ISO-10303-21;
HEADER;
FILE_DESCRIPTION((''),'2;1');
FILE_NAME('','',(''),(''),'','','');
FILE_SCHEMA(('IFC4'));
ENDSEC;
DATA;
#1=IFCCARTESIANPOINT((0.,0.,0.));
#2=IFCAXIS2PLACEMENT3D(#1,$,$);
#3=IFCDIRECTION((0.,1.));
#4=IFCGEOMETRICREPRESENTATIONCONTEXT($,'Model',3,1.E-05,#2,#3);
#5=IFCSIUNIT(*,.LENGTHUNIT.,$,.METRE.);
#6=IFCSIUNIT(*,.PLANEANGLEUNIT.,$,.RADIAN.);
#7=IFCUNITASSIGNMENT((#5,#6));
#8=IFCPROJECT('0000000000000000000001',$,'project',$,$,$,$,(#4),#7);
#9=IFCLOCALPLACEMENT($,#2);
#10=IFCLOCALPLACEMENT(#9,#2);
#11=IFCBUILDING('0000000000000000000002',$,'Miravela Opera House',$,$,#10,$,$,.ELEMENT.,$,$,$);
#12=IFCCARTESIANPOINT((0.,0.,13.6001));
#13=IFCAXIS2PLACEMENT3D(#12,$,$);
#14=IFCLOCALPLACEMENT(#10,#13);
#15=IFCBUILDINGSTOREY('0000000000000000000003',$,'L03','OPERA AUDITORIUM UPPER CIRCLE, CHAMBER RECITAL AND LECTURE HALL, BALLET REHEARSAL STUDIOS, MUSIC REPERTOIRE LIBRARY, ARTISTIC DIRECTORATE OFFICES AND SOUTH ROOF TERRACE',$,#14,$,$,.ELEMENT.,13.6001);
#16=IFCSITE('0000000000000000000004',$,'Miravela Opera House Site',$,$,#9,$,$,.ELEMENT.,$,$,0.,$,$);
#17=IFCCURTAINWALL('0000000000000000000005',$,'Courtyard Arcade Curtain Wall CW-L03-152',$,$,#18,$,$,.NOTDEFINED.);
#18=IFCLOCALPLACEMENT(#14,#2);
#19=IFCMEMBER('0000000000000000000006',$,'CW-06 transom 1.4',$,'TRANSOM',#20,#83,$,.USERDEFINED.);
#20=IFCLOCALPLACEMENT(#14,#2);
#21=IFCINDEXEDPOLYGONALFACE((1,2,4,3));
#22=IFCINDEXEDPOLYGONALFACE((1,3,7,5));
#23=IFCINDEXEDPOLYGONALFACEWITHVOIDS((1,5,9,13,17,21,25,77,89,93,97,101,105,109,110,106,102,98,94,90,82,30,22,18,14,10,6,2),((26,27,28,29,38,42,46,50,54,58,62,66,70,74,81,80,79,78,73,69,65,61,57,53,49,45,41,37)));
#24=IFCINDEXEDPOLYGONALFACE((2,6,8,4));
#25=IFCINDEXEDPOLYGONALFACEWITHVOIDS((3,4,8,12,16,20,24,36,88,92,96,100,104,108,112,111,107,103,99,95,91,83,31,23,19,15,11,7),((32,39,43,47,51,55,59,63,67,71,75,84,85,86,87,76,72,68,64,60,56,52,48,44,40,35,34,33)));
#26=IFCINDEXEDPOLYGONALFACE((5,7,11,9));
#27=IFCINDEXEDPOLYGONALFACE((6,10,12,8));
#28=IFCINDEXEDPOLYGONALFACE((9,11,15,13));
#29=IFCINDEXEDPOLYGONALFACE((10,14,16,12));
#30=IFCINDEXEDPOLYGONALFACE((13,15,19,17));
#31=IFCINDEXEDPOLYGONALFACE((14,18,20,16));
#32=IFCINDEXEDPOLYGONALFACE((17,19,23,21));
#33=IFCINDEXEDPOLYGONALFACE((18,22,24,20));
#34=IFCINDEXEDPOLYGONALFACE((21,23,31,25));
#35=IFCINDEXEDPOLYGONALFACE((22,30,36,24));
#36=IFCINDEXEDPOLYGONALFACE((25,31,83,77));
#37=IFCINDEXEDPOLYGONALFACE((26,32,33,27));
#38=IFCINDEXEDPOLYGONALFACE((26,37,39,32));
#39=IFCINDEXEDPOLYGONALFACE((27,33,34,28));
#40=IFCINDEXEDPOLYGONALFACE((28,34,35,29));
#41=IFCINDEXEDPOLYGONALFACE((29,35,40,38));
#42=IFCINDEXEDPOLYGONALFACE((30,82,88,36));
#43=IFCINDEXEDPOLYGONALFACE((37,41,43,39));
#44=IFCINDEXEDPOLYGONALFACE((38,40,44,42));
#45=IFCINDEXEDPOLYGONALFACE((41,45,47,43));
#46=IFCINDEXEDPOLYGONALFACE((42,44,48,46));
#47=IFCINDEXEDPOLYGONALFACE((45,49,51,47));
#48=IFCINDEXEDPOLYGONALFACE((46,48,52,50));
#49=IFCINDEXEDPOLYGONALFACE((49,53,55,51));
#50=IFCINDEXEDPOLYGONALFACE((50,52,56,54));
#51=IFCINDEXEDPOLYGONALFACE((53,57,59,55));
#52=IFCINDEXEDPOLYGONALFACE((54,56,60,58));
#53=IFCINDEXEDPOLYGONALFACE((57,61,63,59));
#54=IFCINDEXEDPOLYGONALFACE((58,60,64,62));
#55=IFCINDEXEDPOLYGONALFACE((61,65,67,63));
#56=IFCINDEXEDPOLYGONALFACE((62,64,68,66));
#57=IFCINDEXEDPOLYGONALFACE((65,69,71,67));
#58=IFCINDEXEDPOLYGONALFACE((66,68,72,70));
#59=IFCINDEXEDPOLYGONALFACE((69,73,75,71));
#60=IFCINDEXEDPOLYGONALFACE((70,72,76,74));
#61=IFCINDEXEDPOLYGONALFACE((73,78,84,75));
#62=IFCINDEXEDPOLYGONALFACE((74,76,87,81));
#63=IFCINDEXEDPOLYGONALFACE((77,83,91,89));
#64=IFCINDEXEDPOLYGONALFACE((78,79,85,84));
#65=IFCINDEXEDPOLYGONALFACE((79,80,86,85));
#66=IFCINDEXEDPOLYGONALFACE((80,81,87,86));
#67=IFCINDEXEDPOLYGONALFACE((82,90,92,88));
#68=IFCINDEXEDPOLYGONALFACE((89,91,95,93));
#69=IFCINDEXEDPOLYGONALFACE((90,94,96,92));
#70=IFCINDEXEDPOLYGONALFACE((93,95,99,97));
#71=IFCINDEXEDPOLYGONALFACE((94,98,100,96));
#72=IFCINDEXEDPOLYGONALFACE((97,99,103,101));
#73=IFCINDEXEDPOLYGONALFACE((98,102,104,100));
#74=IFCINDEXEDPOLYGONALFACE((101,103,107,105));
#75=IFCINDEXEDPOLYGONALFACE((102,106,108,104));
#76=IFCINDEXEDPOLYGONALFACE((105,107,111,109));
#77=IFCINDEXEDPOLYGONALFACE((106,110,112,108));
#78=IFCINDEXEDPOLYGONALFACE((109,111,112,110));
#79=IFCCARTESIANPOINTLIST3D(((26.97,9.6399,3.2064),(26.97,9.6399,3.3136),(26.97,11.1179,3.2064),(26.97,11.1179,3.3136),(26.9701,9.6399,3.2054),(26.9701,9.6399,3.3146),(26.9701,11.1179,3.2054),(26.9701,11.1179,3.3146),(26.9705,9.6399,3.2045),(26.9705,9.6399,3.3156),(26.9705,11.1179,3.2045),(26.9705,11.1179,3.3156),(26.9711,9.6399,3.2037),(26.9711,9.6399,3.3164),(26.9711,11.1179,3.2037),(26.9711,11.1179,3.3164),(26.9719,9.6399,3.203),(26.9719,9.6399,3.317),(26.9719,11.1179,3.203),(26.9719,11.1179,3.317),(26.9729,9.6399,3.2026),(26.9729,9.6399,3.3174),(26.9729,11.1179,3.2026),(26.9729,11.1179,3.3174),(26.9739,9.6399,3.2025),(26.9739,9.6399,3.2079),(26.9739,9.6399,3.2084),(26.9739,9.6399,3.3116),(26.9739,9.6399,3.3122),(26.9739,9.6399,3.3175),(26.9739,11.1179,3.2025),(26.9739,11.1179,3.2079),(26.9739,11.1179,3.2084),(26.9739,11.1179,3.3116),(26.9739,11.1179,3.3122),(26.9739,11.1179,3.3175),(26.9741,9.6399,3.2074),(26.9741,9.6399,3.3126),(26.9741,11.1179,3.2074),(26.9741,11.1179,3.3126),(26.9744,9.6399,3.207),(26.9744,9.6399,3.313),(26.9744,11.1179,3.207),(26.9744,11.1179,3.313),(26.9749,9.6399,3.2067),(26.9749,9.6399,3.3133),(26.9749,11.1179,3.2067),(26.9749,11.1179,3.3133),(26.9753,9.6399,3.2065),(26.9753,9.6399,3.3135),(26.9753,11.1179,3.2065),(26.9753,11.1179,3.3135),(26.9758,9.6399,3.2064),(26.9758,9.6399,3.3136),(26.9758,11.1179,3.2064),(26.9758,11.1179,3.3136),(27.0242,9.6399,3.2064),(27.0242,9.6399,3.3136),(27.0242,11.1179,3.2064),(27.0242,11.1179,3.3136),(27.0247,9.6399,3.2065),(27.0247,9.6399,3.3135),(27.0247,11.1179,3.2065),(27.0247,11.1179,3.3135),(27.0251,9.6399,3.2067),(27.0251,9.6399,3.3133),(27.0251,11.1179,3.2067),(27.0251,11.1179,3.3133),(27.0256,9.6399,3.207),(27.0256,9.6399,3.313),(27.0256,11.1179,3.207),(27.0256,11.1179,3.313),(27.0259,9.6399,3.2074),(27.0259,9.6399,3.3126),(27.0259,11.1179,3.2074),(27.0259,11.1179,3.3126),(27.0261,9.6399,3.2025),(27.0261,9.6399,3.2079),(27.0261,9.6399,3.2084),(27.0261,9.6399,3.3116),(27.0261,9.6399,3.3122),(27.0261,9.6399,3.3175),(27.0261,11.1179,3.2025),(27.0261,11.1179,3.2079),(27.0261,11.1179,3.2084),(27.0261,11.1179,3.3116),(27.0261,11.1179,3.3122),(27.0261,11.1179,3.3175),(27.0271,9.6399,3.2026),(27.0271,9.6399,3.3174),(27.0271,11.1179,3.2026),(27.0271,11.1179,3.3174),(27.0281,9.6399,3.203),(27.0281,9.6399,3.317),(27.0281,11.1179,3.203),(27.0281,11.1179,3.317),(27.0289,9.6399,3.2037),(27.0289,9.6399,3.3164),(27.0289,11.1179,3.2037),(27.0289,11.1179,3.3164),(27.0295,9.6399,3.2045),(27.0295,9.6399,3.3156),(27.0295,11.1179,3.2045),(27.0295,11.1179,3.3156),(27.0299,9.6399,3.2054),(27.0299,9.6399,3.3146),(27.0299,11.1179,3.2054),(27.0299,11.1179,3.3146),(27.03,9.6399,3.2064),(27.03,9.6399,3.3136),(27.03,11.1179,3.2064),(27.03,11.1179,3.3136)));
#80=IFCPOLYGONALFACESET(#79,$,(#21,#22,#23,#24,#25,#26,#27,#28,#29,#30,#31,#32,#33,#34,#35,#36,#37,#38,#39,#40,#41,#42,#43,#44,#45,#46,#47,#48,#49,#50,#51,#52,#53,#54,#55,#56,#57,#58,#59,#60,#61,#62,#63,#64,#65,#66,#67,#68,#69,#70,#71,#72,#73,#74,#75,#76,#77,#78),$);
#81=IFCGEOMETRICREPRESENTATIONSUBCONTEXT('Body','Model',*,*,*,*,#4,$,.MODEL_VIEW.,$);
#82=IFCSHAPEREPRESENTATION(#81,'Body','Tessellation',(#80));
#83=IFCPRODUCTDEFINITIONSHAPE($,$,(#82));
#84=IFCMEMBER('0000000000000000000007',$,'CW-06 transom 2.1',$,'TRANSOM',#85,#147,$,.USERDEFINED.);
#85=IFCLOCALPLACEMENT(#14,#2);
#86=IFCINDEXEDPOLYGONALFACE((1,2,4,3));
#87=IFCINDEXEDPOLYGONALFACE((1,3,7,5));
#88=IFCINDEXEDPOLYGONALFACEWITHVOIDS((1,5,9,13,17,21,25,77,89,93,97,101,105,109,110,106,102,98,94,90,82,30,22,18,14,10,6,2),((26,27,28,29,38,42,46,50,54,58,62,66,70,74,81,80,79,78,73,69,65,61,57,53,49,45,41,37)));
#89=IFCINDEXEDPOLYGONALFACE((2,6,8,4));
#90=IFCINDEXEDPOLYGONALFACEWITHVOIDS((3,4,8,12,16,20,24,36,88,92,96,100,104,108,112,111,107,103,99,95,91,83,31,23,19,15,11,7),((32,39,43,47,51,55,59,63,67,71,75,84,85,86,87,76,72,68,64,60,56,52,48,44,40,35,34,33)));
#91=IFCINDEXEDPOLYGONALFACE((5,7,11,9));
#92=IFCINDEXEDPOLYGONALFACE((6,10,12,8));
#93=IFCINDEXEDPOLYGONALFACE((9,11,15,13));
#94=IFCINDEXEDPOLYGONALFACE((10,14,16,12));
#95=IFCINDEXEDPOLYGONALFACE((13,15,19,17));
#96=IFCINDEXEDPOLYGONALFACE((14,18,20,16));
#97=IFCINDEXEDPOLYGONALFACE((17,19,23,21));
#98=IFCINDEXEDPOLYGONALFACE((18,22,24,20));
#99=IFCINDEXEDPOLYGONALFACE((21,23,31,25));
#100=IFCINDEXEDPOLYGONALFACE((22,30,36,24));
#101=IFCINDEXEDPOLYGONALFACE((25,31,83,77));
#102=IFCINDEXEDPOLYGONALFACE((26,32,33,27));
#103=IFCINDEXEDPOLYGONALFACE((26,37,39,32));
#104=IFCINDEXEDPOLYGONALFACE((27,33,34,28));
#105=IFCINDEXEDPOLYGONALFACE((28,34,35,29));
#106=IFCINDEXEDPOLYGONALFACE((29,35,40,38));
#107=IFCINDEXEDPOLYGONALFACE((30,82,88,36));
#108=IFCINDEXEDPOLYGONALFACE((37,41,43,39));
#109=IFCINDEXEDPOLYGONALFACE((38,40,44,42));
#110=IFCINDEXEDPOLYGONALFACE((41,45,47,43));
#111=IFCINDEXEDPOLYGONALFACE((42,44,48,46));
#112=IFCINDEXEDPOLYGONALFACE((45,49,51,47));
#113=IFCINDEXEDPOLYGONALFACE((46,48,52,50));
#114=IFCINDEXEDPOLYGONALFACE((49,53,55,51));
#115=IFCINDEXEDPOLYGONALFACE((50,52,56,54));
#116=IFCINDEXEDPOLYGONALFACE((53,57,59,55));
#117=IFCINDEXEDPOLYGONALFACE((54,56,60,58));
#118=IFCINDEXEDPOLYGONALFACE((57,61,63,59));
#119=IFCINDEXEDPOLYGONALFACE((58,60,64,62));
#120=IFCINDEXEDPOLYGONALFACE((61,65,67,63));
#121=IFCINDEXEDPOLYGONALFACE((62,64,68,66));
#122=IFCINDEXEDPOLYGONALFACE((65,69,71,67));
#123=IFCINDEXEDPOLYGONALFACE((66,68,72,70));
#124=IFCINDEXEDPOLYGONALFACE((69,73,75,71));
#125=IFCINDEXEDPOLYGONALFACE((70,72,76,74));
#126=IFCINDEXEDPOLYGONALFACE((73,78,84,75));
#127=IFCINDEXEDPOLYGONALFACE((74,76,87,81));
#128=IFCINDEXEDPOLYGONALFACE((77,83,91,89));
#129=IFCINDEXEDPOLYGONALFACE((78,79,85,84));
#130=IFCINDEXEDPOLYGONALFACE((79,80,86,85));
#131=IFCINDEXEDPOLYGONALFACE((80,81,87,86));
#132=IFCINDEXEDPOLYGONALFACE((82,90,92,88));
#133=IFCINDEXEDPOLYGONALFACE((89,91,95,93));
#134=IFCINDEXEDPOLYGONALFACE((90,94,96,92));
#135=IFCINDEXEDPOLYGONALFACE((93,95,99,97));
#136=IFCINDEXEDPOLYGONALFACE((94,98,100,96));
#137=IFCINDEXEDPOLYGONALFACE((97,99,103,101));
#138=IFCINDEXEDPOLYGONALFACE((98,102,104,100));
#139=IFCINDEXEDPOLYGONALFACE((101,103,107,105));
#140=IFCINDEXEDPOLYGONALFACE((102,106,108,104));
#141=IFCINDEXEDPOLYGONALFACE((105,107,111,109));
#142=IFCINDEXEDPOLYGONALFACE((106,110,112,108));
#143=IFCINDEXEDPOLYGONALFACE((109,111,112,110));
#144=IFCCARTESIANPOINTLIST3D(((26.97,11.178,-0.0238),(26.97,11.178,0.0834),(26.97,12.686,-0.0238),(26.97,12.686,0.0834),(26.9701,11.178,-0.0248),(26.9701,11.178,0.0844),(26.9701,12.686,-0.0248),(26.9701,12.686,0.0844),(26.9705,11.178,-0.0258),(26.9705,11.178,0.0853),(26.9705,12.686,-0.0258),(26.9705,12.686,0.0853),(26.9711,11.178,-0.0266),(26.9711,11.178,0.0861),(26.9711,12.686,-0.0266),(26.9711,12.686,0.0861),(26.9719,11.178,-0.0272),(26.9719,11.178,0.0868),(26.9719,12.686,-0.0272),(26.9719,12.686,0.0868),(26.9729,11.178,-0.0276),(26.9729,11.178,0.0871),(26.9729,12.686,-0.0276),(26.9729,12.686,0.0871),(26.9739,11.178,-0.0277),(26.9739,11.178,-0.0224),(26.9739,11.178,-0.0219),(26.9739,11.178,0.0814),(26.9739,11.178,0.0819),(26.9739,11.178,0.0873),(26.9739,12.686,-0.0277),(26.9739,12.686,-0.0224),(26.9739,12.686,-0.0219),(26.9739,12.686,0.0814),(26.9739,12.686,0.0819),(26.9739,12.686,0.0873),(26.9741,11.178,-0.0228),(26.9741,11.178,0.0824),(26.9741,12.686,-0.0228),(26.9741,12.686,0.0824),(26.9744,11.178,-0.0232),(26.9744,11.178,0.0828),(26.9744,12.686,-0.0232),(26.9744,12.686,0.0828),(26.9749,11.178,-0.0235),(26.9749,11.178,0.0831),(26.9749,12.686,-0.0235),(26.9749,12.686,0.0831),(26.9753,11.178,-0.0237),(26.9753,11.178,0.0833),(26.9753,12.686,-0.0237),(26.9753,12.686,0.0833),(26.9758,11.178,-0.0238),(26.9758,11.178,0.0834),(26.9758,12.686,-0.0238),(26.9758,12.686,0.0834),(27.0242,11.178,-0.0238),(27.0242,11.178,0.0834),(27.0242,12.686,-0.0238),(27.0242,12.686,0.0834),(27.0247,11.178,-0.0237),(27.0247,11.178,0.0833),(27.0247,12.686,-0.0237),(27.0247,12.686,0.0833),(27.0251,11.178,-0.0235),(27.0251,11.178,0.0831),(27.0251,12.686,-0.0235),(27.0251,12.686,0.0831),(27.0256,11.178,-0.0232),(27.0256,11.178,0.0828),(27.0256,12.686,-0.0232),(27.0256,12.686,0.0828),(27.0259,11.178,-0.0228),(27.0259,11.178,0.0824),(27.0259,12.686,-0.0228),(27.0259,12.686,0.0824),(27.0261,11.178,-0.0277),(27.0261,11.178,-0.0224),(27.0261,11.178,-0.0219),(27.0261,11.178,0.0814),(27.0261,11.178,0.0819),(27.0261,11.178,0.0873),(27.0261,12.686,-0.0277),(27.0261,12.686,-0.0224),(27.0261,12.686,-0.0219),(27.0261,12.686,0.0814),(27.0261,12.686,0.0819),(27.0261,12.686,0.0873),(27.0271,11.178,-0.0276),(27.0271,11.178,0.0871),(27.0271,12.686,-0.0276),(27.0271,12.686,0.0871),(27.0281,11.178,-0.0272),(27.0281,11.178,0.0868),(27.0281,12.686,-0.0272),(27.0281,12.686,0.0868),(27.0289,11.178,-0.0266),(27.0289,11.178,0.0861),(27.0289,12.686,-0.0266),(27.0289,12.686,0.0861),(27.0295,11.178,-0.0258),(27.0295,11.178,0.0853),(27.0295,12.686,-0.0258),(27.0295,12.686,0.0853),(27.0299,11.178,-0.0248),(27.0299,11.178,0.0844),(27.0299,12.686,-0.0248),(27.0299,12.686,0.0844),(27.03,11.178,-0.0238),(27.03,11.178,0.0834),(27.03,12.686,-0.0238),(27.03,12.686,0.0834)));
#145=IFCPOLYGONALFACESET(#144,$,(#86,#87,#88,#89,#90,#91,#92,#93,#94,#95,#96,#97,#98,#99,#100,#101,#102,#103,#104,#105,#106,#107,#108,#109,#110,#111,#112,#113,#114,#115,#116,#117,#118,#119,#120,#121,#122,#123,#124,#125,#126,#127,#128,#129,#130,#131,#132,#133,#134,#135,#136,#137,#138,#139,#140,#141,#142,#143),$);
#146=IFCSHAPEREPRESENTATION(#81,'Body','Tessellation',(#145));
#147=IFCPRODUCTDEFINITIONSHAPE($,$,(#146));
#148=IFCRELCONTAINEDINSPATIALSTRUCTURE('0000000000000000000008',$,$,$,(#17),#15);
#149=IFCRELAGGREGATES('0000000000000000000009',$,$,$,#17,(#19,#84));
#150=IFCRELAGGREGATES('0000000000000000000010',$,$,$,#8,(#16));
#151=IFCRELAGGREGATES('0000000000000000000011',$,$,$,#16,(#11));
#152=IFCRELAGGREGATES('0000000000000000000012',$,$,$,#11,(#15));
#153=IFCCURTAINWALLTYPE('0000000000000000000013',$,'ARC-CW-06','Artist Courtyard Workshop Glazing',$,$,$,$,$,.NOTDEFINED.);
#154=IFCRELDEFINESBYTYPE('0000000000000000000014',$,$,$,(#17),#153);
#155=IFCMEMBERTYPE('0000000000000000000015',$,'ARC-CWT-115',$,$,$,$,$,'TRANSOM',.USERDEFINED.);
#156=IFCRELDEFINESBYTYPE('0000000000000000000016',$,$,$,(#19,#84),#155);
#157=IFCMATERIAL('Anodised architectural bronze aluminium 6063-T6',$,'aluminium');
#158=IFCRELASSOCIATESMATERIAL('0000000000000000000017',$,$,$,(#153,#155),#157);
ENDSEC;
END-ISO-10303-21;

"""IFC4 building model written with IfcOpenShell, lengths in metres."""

from ifc_helpers import new_model, si_unit, direction, frame, origin, origin_2d, place, context, subcontext, project, spatial, hollow_rectangle, extrude, material, material_profile, profile_set, type_object, element, aggregate, save


model = new_model("IFC4")

# Units and contexts
model_context = context("Model", 3, precision=1e-05, world=origin(), true_north=direction((0.0, 1.0)))
body_context = subcontext(model_context, "Body", "Model", "MODEL_VIEW")
ifc_project = project(units=[si_unit("LENGTHUNIT", "METRE"), si_unit("PLANEANGLEUNIT", "RADIAN")], contexts=[model_context])

# Site, building, storey
site_placement = place(None, origin())
site = spatial("IfcSite", under=ifc_project, at=site_placement, Name="Miravela Opera House Site", CompositionType="ELEMENT", RefElevation=0.0)
building_placement = place(site_placement, origin())
building = spatial("IfcBuilding", under=site, at=building_placement, Name="Miravela Opera House", CompositionType="ELEMENT")
storey_placement = place(building_placement, frame((0.0, 0.0, 13.6001)))
storey = spatial("IfcBuildingStorey", under=building, at=storey_placement, Name="L03", Description="OPERA AUDITORIUM UPPER CIRCLE, CHAMBER RECITAL AND LECTURE HALL, BALLET REHEARSAL STUDIOS, MUSIC REPERTOIRE LIBRARY, ARTISTIC DIRECTORATE OFFICES AND SOUTH ROOF TERRACE", CompositionType="ELEMENT", Elevation=13.6001)

# Curtain wall, members
ifc_material_1 = material(Name="Anodised architectural bronze aluminium 6063-T6", Category="aluminium")
curtain_wall_type = type_object("IfcCurtainWallType", Name="ARC-CW-06", Description="Artist Courtyard Workshop Glazing", PredefinedType="NOTDEFINED", material=ifc_material_1)
curtain_wall_placement = place(storey_placement, origin())
curtain_wall = element("IfcCurtainWall", 1, at=curtain_wall_placement, inside=storey, type_object=curtain_wall_type, Name="Courtyard Arcade Curtain Wall CW-L03-152", PredefinedType="NOTDEFINED")
ifc_material_profile_1 = material_profile(ifc_material_1, hollow_rectangle(XDim=0.0601, YDim=0.115, WallThickness=0.0039, InnerFilletRadius=0.002, OuterFilletRadius=0.0039, at=origin_2d()), Name="CWT-60X115")
ifc_profile_set_1 = profile_set([ifc_material_profile_1])
member_type_1 = type_object("IfcMemberType", Name="ARC-CWT-115", ElementType="TRANSOM", PredefinedType="USERDEFINED", material=ifc_profile_set_1)
member_1_placement = place(storey_placement, frame((27.0, 9.6399, 3.26), z_axis=(0.0, 1.0, 0.0), x_axis=(-1.0, 0.0, 0.0)))
member_1 = element("IfcMember", 2, at=member_1_placement, type_object=member_type_1, Name="CW-06 transom 1.4", ObjectType="TRANSOM", PredefinedType="USERDEFINED", context=body_context, shape_type="SweptSolid", body=[
    extrude(hollow_rectangle(XDim=0.0601, YDim=0.115, WallThickness=0.0039, InnerFilletRadius=0.002, OuterFilletRadius=0.0039, at=origin_2d()), origin(), (0.0, 0.0, 1.0), 1.478),
])
member_2_placement = place(storey_placement, frame((27.0, 11.178, 0.0298), z_axis=(0.0, 1.0, 0.0), x_axis=(-1.0, 0.0, 0.0)))
member_2 = element("IfcMember", 3, at=member_2_placement, type_object=member_type_1, Name="CW-06 transom 2.1", ObjectType="TRANSOM", PredefinedType="USERDEFINED", context=body_context, shape_type="SweptSolid", body=[
    extrude(hollow_rectangle(XDim=0.0601, YDim=0.115, WallThickness=0.0039, InnerFilletRadius=0.002, OuterFilletRadius=0.0039, at=origin_2d()), origin(), (0.0, 0.0, 1.0), 1.5081),
])

aggregate(curtain_wall, [member_1, member_2])

save(model, "model.ifc")
